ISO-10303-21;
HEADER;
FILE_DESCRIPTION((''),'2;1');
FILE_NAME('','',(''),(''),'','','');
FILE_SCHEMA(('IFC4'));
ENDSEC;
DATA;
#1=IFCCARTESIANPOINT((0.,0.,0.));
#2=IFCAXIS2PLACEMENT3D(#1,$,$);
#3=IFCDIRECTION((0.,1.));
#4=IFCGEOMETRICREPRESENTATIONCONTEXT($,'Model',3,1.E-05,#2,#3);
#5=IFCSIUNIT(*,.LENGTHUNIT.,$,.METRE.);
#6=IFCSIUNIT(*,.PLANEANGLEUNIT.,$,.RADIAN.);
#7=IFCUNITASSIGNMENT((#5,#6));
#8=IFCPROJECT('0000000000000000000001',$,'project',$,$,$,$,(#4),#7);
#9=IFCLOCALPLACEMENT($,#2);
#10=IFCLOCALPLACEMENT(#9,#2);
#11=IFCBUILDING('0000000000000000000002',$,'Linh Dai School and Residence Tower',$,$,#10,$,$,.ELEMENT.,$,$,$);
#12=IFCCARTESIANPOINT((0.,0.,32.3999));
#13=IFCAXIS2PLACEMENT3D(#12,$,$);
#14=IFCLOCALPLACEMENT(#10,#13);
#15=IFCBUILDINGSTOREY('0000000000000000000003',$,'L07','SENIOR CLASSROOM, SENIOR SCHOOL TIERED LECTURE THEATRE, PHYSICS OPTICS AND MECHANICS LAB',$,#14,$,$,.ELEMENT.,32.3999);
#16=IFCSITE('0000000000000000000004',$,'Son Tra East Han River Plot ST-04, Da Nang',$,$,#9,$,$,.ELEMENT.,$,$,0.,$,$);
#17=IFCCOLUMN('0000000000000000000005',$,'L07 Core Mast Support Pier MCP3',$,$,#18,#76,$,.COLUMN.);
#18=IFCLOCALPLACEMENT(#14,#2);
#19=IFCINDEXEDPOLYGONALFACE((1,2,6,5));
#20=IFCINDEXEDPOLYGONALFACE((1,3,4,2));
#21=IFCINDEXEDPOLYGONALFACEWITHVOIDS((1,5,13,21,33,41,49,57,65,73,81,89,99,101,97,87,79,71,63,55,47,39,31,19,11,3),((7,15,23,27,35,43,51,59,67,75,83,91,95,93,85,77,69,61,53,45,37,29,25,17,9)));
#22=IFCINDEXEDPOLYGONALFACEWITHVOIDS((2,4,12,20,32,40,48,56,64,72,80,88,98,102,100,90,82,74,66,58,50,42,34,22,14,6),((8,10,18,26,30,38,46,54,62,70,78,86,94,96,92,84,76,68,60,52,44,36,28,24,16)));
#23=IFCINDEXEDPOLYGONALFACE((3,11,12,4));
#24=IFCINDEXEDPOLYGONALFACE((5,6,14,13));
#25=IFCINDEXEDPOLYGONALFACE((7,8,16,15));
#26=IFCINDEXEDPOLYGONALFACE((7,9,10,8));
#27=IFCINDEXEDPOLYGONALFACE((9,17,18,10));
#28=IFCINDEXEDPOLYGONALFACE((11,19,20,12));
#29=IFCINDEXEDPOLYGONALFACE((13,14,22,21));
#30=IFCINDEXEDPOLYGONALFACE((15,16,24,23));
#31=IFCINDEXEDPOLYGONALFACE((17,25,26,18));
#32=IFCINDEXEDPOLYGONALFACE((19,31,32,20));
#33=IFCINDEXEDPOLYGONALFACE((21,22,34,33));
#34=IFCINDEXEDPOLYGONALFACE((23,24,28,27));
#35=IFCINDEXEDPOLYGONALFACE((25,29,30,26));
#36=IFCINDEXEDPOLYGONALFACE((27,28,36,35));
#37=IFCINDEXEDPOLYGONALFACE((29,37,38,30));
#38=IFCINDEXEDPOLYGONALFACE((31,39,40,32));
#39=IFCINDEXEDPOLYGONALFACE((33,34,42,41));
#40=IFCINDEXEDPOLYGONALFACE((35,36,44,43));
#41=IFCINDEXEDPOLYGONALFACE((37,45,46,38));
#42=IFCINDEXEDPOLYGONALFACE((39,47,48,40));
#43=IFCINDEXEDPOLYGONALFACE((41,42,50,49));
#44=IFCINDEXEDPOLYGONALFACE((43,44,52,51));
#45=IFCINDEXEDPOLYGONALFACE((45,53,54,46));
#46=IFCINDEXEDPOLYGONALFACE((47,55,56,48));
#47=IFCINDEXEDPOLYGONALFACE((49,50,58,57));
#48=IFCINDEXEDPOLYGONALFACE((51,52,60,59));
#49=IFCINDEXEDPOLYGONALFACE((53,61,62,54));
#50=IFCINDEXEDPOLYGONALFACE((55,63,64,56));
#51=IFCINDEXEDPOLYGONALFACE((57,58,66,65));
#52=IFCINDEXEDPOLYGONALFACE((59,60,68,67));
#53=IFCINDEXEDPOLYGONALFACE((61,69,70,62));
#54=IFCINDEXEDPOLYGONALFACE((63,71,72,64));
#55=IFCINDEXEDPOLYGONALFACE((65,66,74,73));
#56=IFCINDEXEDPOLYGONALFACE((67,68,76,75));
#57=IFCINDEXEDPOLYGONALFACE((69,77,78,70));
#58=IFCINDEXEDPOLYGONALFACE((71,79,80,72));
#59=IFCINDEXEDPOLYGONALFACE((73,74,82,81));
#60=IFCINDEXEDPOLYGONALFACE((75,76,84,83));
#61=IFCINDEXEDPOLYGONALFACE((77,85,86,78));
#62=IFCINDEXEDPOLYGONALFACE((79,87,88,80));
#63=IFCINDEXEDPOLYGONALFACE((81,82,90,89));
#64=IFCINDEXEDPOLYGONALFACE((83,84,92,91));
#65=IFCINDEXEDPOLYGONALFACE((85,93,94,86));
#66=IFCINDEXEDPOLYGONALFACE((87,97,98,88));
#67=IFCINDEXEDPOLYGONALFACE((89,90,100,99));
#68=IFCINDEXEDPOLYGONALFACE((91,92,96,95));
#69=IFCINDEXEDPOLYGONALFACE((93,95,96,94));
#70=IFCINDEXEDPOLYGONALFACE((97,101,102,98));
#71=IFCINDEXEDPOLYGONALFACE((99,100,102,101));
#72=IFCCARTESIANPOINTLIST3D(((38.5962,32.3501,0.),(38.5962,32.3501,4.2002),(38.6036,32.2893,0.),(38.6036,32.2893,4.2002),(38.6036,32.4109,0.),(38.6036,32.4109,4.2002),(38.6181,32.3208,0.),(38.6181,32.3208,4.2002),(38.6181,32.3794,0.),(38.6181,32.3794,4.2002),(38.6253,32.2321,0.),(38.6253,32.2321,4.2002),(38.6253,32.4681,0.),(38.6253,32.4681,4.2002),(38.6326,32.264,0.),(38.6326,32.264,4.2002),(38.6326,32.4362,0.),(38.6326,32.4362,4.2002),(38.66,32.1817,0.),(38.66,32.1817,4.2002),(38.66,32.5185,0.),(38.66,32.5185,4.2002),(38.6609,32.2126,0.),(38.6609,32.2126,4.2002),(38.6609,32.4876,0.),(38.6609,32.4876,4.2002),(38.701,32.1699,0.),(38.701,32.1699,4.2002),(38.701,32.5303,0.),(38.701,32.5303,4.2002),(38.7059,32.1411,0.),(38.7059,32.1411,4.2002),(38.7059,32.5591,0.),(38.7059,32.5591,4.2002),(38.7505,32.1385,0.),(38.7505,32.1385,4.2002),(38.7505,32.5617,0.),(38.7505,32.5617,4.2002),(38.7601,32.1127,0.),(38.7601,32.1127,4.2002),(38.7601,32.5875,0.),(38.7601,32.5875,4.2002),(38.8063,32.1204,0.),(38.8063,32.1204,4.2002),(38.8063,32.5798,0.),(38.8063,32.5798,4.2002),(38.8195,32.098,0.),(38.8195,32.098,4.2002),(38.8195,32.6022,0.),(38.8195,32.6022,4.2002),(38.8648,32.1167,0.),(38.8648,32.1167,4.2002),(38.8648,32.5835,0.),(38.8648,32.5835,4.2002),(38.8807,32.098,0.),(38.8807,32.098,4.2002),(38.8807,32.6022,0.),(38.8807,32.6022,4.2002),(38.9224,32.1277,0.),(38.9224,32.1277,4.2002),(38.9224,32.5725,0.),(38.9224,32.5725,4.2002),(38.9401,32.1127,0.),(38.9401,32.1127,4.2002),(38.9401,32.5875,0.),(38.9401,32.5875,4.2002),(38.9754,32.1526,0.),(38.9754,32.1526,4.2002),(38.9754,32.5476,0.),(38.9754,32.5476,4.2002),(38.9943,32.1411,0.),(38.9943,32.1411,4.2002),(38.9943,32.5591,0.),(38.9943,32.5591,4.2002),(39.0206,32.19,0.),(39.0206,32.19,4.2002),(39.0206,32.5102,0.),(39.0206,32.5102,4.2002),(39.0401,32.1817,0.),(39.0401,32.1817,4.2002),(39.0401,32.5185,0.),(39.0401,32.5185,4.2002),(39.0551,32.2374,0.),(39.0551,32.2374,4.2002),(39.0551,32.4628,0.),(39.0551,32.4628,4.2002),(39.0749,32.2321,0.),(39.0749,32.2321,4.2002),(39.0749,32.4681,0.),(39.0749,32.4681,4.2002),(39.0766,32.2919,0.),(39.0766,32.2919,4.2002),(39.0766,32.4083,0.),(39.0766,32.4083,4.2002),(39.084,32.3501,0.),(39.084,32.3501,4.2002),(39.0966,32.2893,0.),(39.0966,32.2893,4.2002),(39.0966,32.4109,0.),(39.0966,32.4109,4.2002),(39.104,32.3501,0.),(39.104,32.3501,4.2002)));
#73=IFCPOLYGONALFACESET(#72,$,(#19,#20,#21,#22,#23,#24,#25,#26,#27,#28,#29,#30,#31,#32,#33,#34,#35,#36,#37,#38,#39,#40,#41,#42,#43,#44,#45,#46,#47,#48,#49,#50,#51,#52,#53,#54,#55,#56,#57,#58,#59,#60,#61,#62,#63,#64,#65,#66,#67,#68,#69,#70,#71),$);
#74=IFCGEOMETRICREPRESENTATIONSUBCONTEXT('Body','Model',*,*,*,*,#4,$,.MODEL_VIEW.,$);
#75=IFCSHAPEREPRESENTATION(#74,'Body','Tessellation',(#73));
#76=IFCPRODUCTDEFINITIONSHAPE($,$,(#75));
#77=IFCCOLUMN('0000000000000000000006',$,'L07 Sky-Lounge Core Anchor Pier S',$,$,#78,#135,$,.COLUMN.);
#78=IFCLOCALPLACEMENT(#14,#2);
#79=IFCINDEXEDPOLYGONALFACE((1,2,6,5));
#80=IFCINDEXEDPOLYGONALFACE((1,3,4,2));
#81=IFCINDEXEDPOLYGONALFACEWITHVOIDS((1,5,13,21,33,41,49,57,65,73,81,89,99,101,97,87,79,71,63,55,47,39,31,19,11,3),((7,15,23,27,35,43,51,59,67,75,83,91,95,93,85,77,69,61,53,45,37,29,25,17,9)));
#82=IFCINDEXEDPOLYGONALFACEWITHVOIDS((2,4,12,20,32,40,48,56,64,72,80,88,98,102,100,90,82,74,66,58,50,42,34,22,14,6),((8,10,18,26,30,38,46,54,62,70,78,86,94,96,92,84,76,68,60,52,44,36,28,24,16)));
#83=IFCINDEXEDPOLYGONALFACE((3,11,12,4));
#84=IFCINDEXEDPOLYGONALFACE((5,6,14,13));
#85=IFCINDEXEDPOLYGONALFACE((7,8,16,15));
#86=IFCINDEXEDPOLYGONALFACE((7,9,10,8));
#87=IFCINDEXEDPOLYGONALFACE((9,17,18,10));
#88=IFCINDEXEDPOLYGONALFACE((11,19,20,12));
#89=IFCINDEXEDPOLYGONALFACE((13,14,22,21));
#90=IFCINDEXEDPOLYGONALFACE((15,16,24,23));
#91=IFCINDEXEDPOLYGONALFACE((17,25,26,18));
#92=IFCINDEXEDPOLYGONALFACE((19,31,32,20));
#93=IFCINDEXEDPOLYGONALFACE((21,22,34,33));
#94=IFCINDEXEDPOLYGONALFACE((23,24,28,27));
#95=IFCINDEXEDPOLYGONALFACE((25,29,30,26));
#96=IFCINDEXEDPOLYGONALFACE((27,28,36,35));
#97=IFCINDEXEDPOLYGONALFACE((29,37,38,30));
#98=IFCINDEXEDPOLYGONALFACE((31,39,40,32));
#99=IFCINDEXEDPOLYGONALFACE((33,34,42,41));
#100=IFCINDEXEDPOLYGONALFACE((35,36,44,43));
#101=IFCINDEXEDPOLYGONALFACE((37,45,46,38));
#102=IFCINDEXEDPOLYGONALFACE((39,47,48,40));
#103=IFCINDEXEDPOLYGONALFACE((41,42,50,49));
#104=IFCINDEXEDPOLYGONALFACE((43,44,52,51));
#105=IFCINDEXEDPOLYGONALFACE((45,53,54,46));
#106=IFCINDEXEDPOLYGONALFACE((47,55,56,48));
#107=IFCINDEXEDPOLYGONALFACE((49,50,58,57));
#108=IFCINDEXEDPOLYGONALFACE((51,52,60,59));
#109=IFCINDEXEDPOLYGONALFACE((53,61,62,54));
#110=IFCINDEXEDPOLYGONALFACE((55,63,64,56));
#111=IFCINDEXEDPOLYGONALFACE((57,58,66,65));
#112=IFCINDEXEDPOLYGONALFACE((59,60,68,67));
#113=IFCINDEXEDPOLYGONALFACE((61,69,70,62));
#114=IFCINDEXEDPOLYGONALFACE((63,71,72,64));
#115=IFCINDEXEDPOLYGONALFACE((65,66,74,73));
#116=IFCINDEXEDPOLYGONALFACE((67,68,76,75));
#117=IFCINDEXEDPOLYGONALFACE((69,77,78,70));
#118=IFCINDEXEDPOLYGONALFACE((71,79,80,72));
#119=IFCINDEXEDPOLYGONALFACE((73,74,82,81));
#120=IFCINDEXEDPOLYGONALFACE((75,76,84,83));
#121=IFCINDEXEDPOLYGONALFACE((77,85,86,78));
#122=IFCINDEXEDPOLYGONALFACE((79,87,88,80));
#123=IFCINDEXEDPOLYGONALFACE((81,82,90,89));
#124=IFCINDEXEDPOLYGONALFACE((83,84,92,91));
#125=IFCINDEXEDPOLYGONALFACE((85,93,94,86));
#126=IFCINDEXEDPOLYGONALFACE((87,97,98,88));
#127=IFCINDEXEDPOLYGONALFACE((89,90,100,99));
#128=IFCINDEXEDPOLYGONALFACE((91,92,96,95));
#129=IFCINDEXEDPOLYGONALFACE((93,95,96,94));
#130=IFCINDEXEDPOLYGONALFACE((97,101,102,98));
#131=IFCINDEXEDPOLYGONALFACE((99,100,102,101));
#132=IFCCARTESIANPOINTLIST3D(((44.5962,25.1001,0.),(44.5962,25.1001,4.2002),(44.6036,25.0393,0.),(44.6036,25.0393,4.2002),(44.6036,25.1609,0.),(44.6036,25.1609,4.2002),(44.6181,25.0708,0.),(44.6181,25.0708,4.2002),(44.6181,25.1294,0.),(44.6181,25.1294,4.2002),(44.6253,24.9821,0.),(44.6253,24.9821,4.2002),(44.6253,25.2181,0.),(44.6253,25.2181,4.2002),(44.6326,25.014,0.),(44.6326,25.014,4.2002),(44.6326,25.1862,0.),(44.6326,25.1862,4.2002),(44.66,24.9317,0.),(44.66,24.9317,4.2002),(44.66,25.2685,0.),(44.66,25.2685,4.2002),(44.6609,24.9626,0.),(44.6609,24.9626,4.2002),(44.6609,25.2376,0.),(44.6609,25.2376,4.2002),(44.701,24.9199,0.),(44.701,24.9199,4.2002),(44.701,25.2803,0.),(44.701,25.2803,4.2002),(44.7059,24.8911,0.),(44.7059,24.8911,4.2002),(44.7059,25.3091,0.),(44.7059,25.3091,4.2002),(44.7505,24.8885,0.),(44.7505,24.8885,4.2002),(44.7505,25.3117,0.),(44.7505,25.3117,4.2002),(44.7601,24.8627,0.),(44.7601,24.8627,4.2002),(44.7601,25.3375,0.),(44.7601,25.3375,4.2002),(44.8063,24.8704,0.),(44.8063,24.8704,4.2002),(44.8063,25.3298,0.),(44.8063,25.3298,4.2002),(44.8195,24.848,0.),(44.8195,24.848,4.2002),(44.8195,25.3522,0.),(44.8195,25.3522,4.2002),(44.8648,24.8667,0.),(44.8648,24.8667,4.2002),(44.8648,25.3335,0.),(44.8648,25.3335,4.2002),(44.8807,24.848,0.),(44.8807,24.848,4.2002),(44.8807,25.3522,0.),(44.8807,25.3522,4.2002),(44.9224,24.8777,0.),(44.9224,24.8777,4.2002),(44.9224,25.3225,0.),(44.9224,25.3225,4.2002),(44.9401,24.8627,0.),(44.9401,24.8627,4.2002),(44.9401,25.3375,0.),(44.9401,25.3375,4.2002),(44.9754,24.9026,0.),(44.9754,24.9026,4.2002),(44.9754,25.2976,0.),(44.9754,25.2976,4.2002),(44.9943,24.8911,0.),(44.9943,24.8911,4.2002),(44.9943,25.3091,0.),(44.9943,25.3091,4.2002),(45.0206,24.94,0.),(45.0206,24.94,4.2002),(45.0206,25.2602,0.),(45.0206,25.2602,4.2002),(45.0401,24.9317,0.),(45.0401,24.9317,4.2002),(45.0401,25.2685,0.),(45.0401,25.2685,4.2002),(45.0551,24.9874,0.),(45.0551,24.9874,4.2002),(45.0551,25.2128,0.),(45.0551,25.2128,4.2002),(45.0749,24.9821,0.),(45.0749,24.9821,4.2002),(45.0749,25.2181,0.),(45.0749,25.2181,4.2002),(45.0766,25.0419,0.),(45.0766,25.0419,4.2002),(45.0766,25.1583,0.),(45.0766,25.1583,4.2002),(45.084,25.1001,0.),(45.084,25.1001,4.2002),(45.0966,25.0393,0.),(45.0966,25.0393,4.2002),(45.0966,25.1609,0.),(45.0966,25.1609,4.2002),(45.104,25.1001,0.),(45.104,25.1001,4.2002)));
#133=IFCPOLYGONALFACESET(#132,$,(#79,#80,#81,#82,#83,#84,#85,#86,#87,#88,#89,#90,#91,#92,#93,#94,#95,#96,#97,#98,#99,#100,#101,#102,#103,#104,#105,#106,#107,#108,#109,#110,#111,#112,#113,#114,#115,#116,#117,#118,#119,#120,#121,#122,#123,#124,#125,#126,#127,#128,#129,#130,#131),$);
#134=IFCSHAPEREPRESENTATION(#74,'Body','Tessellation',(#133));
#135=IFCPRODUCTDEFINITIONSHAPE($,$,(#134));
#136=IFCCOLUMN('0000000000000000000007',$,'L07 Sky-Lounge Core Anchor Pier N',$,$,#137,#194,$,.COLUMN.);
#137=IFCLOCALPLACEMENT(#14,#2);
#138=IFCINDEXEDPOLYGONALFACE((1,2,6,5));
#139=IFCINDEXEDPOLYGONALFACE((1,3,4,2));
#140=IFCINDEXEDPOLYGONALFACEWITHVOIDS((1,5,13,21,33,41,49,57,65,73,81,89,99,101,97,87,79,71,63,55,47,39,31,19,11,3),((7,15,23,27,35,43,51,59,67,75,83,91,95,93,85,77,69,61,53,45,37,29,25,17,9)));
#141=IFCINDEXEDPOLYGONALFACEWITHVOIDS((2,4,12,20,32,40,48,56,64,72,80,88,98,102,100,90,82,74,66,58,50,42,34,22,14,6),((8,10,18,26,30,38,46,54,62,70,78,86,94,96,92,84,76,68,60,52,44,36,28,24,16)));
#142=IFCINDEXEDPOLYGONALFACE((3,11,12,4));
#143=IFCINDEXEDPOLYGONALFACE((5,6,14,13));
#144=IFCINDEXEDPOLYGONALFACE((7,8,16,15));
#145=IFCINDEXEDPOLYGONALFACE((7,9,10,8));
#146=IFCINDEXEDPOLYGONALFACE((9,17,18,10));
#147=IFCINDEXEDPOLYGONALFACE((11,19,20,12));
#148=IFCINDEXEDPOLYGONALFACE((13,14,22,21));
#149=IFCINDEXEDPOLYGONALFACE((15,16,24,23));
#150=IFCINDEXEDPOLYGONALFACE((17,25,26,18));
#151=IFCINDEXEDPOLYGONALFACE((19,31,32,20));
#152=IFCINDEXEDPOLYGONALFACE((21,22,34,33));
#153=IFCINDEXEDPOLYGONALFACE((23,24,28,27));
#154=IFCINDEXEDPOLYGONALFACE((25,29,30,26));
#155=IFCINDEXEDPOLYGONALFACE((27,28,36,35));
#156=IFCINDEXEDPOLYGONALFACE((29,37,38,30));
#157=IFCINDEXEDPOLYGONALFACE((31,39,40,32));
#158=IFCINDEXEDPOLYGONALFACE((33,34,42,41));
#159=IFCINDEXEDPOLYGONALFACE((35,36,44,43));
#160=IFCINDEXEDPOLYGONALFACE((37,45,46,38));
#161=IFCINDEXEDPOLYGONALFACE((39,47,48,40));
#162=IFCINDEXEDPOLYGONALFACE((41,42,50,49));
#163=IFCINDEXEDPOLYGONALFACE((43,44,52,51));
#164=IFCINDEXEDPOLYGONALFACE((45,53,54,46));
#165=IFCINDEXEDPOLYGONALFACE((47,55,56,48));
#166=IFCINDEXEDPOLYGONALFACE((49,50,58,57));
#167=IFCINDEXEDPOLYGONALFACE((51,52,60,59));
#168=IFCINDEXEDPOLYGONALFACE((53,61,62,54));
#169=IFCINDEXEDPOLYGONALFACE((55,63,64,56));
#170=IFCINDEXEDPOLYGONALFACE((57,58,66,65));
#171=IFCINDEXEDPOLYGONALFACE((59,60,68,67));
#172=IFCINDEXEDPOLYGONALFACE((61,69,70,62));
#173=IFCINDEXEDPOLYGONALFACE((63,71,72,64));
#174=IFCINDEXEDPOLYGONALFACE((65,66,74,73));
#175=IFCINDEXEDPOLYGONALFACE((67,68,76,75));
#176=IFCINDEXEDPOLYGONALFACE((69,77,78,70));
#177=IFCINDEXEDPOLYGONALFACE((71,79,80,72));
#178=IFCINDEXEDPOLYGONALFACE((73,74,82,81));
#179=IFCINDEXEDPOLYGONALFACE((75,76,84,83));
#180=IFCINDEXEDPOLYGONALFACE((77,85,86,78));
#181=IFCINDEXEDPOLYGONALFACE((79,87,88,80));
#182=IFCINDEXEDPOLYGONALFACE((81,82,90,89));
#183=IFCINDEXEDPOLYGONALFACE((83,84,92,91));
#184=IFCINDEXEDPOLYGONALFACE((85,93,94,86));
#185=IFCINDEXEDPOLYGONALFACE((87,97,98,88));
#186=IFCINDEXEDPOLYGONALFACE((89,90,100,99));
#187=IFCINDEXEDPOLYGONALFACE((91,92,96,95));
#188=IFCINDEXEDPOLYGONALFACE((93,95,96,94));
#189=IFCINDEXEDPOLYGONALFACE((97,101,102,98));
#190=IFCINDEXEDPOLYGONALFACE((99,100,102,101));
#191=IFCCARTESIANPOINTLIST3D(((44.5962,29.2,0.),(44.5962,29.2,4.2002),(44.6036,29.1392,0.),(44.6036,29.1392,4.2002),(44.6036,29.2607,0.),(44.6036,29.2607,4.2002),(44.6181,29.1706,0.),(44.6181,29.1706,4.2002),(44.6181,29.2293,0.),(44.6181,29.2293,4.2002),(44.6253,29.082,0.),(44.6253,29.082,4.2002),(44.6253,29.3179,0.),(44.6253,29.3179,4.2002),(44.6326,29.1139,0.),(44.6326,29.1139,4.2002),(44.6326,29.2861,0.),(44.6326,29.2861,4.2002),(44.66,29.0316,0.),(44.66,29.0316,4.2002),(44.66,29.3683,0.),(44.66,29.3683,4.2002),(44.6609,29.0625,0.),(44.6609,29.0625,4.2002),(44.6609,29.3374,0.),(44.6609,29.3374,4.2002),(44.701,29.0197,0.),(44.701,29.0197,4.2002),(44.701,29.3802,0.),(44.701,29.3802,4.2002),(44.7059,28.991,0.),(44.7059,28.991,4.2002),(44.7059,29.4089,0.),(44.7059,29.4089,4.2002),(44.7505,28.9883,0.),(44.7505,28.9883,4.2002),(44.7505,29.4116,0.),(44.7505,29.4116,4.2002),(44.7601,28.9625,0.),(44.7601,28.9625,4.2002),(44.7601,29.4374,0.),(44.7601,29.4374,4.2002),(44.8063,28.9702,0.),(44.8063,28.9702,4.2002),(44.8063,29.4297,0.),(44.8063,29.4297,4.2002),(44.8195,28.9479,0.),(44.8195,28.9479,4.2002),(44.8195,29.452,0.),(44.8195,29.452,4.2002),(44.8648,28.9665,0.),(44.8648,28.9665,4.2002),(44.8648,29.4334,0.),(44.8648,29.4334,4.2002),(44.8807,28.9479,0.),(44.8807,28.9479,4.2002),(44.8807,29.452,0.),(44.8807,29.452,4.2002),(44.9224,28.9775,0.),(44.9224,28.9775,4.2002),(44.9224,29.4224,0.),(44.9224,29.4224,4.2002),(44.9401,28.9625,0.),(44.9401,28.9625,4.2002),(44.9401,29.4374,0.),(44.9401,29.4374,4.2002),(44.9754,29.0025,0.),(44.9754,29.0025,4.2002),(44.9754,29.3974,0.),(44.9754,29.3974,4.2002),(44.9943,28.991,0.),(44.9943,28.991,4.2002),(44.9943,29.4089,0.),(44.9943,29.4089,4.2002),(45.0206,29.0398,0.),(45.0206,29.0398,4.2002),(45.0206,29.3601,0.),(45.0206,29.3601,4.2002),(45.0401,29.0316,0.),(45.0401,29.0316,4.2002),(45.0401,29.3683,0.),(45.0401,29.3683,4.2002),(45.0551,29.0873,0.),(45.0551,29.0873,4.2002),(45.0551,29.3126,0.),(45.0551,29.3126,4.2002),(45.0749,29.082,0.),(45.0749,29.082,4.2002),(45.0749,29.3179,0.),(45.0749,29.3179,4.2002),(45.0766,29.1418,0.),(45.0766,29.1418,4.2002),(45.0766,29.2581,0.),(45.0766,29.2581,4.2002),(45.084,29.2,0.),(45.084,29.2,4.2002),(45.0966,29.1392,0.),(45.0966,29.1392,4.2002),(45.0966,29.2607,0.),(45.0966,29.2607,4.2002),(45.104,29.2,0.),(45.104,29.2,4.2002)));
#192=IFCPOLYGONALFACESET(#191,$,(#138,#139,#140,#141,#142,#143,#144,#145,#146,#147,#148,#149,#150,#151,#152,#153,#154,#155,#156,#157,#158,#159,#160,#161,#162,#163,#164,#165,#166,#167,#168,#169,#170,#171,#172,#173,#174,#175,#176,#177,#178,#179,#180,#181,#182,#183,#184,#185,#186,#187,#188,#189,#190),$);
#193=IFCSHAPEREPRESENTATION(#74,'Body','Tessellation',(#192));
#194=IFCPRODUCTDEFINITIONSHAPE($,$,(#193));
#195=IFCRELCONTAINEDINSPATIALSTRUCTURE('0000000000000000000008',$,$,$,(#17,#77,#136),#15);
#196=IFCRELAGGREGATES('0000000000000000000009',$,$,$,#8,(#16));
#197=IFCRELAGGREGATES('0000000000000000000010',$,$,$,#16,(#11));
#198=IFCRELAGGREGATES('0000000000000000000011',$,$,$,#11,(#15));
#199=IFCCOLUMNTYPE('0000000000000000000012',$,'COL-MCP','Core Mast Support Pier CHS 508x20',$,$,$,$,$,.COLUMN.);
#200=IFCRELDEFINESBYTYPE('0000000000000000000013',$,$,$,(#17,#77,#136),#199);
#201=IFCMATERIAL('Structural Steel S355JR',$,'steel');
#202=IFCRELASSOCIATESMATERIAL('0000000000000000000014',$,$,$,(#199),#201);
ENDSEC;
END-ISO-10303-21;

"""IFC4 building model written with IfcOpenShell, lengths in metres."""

from ifc_helpers import new_model, si_unit, direction, frame, origin, origin_2d, place, context, subcontext, project, spatial, hollow_circle, extrude, material, material_profile, profile_set, type_object, element, save


model = new_model("IFC4")

# Units and contexts
model_context = context("Model", 3, precision=1e-05, world=origin(), true_north=direction((0.0, 1.0)))
body_context = subcontext(model_context, "Body", "Model", "MODEL_VIEW")
ifc_project = project(units=[si_unit("LENGTHUNIT", "METRE"), si_unit("PLANEANGLEUNIT", "RADIAN")], contexts=[model_context])

# Site, building, storey
site_placement = place(None, origin())
site = spatial("IfcSite", under=ifc_project, at=site_placement, Name="Son Tra East Han River Plot ST-04, Da Nang", CompositionType="ELEMENT", RefElevation=0.0)
building_placement = place(site_placement, origin())
building = spatial("IfcBuilding", under=site, at=building_placement, Name="Linh Dai School and Residence Tower", CompositionType="ELEMENT")
storey_placement = place(building_placement, frame((0.0, 0.0, 32.3999)))
storey = spatial("IfcBuildingStorey", under=building, at=storey_placement, Name="L07", Description="SENIOR CLASSROOM, SENIOR SCHOOL TIERED LECTURE THEATRE, PHYSICS OPTICS AND MECHANICS LAB", CompositionType="ELEMENT", Elevation=32.3999)

# Columns
ifc_material_1 = material(Name="Structural Steel S355JR", Category="steel")
ifc_material_profile_1 = material_profile(ifc_material_1, hollow_circle(Radius=0.2539, WallThickness=0.02, at=origin_2d()), Name="CHS 508x20")
ifc_profile_set_1 = profile_set([ifc_material_profile_1], Name="Structural Steel S355JR")
column_type_1 = type_object("IfcColumnType", Name="COL-MCP", Description="Core Mast Support Pier CHS 508x20", PredefinedType="COLUMN", material=ifc_profile_set_1)
for number, where, z_axis, x_axis, name in (
    (1, (38.8501, 32.3501, 0.0), (0.0, 0.0, 1.0), (1.0, 0.0, 0.0), "L07 Core Mast Support Pier MCP3"),
    (2, (44.8501, 25.1001, 0.0), (0.0, 0.0, 1.0), (1.0, 0.0, 0.0), "L07 Sky-Lounge Core Anchor Pier S"),
    (3, (44.8501, 29.2, 0.0), (0.0, 0.0, 1.0), (1.0, 0.0, 0.0), "L07 Sky-Lounge Core Anchor Pier N"),
):
    element("IfcColumn", number, at=place(storey_placement, frame(where, z_axis=z_axis, x_axis=x_axis)), inside=storey, type_object=column_type_1, Name=name, PredefinedType="COLUMN", context=body_context, shape_type="SweptSolid", body=[
        extrude(hollow_circle(Radius=0.2539, WallThickness=0.02, at=origin_2d()), origin(), (0.0, 0.0, 1.0), 4.2002),
    ])

save(model, "model.ifc")
